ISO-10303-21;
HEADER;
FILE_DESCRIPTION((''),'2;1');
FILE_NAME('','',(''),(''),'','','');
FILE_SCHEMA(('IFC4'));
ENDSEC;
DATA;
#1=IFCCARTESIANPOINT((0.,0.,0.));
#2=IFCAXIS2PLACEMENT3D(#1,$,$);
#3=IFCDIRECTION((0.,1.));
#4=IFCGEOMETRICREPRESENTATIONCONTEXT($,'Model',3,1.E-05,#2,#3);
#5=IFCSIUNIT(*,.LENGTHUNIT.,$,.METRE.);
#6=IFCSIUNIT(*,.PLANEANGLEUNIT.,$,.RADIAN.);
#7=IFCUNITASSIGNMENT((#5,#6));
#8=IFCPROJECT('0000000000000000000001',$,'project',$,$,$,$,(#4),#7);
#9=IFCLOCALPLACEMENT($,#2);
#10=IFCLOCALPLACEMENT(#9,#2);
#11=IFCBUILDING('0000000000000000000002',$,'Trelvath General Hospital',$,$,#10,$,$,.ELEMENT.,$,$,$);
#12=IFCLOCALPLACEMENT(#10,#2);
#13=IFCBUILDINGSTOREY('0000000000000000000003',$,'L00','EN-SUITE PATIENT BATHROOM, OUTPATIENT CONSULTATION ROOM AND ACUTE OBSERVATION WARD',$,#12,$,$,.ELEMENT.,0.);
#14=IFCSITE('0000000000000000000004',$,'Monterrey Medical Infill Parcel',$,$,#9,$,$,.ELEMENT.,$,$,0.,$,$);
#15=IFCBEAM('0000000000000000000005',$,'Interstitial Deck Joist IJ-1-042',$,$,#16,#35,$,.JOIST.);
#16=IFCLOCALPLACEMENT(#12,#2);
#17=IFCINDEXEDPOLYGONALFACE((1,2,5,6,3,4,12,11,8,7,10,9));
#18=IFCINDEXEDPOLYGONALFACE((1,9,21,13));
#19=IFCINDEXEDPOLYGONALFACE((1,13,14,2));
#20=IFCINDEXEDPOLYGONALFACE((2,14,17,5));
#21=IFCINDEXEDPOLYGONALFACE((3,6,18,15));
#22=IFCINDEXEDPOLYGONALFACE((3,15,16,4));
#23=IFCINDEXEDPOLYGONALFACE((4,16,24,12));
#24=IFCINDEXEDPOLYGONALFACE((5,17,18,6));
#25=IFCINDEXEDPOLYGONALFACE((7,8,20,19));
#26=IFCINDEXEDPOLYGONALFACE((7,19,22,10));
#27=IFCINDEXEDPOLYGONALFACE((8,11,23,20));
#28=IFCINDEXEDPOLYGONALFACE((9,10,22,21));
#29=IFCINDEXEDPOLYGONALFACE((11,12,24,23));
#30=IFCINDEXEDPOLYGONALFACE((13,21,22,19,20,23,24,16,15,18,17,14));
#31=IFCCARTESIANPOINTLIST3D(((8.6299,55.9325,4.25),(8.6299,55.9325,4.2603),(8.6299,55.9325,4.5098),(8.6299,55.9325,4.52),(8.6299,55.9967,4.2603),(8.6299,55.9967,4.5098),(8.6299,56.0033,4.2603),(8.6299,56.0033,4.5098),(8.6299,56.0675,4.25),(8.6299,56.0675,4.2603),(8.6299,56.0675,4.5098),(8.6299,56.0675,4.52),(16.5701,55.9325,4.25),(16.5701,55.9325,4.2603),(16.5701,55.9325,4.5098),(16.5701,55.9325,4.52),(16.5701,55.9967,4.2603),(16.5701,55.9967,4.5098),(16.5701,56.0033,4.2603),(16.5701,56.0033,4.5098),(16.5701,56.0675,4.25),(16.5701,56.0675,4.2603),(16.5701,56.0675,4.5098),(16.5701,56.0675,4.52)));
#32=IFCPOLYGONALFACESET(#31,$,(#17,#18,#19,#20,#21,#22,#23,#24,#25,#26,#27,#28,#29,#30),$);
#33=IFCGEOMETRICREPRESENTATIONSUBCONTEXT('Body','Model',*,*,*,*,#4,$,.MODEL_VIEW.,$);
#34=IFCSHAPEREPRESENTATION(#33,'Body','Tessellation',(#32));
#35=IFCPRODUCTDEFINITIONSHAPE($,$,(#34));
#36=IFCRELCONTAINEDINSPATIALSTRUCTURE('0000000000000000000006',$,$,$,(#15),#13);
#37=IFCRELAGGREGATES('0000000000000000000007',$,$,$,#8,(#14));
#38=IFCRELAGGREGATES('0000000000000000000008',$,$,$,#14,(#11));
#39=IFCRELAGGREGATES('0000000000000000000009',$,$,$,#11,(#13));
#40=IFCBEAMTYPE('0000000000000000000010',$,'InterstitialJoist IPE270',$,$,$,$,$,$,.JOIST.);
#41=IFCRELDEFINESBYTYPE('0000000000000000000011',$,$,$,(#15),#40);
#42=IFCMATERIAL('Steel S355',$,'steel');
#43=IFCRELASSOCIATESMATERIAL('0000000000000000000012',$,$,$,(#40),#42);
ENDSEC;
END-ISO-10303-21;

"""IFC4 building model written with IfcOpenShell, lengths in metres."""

from ifc_helpers import new_model, si_unit, direction, frame, origin, origin_2d, place, context, subcontext, project, spatial, i_section, extrude, material, material_profile, profile_set, type_object, element, save


model = new_model("IFC4")

# Units and contexts
model_context = context("Model", 3, precision=1e-05, world=origin(), true_north=direction((0.0, 1.0)))
body_context = subcontext(model_context, "Body", "Model", "MODEL_VIEW")
ifc_project = project(units=[si_unit("LENGTHUNIT", "METRE"), si_unit("PLANEANGLEUNIT", "RADIAN")], contexts=[model_context])

# Site, building, storey
site_placement = place(None, origin())
site = spatial("IfcSite", under=ifc_project, at=site_placement, Name="Monterrey Medical Infill Parcel", CompositionType="ELEMENT", RefElevation=0.0)
building_placement = place(site_placement, origin())
building = spatial("IfcBuilding", under=site, at=building_placement, Name="Trelvath General Hospital", CompositionType="ELEMENT")
storey_placement = place(building_placement, origin())
storey = spatial("IfcBuildingStorey", under=building, at=storey_placement, Name="L00", Description="EN-SUITE PATIENT BATHROOM, OUTPATIENT CONSULTATION ROOM AND ACUTE OBSERVATION WARD", CompositionType="ELEMENT", Elevation=0.0)

# Beam
ifc_material_1 = material(Name="Steel S355", Category="steel")
ifc_material_profile_1 = material_profile(ifc_material_1, i_section(OverallWidth=0.135, OverallDepth=0.27, WebThickness=0.0066, FlangeThickness=0.0103, at=origin_2d()), Name="IPE270")
ifc_profile_set_1 = profile_set([ifc_material_profile_1], Name="Steel S355")
beam_type_1 = type_object("IfcBeamType", Name="InterstitialJoist IPE270", PredefinedType="JOIST", material=ifc_profile_set_1)
for number, where, z_axis, x_axis, name in (
    (1, (8.6299, 56.0, 4.385), (1.0, 0.0, 0.0), (0.0, 1.0, 0.0), "Interstitial Deck Joist IJ-1-042"),
):
    element("IfcBeam", number, at=place(storey_placement, frame(where, z_axis=z_axis, x_axis=x_axis)), inside=storey, type_object=beam_type_1, Name=name, PredefinedType="JOIST", context=body_context, shape_type="SweptSolid", body=[
        extrude(i_section(OverallWidth=0.135, OverallDepth=0.27, WebThickness=0.0066, FlangeThickness=0.0103, at=origin_2d()), origin(), (0.0, 0.0, 1.0), 7.9402),
    ])

save(model, "model.ifc")
